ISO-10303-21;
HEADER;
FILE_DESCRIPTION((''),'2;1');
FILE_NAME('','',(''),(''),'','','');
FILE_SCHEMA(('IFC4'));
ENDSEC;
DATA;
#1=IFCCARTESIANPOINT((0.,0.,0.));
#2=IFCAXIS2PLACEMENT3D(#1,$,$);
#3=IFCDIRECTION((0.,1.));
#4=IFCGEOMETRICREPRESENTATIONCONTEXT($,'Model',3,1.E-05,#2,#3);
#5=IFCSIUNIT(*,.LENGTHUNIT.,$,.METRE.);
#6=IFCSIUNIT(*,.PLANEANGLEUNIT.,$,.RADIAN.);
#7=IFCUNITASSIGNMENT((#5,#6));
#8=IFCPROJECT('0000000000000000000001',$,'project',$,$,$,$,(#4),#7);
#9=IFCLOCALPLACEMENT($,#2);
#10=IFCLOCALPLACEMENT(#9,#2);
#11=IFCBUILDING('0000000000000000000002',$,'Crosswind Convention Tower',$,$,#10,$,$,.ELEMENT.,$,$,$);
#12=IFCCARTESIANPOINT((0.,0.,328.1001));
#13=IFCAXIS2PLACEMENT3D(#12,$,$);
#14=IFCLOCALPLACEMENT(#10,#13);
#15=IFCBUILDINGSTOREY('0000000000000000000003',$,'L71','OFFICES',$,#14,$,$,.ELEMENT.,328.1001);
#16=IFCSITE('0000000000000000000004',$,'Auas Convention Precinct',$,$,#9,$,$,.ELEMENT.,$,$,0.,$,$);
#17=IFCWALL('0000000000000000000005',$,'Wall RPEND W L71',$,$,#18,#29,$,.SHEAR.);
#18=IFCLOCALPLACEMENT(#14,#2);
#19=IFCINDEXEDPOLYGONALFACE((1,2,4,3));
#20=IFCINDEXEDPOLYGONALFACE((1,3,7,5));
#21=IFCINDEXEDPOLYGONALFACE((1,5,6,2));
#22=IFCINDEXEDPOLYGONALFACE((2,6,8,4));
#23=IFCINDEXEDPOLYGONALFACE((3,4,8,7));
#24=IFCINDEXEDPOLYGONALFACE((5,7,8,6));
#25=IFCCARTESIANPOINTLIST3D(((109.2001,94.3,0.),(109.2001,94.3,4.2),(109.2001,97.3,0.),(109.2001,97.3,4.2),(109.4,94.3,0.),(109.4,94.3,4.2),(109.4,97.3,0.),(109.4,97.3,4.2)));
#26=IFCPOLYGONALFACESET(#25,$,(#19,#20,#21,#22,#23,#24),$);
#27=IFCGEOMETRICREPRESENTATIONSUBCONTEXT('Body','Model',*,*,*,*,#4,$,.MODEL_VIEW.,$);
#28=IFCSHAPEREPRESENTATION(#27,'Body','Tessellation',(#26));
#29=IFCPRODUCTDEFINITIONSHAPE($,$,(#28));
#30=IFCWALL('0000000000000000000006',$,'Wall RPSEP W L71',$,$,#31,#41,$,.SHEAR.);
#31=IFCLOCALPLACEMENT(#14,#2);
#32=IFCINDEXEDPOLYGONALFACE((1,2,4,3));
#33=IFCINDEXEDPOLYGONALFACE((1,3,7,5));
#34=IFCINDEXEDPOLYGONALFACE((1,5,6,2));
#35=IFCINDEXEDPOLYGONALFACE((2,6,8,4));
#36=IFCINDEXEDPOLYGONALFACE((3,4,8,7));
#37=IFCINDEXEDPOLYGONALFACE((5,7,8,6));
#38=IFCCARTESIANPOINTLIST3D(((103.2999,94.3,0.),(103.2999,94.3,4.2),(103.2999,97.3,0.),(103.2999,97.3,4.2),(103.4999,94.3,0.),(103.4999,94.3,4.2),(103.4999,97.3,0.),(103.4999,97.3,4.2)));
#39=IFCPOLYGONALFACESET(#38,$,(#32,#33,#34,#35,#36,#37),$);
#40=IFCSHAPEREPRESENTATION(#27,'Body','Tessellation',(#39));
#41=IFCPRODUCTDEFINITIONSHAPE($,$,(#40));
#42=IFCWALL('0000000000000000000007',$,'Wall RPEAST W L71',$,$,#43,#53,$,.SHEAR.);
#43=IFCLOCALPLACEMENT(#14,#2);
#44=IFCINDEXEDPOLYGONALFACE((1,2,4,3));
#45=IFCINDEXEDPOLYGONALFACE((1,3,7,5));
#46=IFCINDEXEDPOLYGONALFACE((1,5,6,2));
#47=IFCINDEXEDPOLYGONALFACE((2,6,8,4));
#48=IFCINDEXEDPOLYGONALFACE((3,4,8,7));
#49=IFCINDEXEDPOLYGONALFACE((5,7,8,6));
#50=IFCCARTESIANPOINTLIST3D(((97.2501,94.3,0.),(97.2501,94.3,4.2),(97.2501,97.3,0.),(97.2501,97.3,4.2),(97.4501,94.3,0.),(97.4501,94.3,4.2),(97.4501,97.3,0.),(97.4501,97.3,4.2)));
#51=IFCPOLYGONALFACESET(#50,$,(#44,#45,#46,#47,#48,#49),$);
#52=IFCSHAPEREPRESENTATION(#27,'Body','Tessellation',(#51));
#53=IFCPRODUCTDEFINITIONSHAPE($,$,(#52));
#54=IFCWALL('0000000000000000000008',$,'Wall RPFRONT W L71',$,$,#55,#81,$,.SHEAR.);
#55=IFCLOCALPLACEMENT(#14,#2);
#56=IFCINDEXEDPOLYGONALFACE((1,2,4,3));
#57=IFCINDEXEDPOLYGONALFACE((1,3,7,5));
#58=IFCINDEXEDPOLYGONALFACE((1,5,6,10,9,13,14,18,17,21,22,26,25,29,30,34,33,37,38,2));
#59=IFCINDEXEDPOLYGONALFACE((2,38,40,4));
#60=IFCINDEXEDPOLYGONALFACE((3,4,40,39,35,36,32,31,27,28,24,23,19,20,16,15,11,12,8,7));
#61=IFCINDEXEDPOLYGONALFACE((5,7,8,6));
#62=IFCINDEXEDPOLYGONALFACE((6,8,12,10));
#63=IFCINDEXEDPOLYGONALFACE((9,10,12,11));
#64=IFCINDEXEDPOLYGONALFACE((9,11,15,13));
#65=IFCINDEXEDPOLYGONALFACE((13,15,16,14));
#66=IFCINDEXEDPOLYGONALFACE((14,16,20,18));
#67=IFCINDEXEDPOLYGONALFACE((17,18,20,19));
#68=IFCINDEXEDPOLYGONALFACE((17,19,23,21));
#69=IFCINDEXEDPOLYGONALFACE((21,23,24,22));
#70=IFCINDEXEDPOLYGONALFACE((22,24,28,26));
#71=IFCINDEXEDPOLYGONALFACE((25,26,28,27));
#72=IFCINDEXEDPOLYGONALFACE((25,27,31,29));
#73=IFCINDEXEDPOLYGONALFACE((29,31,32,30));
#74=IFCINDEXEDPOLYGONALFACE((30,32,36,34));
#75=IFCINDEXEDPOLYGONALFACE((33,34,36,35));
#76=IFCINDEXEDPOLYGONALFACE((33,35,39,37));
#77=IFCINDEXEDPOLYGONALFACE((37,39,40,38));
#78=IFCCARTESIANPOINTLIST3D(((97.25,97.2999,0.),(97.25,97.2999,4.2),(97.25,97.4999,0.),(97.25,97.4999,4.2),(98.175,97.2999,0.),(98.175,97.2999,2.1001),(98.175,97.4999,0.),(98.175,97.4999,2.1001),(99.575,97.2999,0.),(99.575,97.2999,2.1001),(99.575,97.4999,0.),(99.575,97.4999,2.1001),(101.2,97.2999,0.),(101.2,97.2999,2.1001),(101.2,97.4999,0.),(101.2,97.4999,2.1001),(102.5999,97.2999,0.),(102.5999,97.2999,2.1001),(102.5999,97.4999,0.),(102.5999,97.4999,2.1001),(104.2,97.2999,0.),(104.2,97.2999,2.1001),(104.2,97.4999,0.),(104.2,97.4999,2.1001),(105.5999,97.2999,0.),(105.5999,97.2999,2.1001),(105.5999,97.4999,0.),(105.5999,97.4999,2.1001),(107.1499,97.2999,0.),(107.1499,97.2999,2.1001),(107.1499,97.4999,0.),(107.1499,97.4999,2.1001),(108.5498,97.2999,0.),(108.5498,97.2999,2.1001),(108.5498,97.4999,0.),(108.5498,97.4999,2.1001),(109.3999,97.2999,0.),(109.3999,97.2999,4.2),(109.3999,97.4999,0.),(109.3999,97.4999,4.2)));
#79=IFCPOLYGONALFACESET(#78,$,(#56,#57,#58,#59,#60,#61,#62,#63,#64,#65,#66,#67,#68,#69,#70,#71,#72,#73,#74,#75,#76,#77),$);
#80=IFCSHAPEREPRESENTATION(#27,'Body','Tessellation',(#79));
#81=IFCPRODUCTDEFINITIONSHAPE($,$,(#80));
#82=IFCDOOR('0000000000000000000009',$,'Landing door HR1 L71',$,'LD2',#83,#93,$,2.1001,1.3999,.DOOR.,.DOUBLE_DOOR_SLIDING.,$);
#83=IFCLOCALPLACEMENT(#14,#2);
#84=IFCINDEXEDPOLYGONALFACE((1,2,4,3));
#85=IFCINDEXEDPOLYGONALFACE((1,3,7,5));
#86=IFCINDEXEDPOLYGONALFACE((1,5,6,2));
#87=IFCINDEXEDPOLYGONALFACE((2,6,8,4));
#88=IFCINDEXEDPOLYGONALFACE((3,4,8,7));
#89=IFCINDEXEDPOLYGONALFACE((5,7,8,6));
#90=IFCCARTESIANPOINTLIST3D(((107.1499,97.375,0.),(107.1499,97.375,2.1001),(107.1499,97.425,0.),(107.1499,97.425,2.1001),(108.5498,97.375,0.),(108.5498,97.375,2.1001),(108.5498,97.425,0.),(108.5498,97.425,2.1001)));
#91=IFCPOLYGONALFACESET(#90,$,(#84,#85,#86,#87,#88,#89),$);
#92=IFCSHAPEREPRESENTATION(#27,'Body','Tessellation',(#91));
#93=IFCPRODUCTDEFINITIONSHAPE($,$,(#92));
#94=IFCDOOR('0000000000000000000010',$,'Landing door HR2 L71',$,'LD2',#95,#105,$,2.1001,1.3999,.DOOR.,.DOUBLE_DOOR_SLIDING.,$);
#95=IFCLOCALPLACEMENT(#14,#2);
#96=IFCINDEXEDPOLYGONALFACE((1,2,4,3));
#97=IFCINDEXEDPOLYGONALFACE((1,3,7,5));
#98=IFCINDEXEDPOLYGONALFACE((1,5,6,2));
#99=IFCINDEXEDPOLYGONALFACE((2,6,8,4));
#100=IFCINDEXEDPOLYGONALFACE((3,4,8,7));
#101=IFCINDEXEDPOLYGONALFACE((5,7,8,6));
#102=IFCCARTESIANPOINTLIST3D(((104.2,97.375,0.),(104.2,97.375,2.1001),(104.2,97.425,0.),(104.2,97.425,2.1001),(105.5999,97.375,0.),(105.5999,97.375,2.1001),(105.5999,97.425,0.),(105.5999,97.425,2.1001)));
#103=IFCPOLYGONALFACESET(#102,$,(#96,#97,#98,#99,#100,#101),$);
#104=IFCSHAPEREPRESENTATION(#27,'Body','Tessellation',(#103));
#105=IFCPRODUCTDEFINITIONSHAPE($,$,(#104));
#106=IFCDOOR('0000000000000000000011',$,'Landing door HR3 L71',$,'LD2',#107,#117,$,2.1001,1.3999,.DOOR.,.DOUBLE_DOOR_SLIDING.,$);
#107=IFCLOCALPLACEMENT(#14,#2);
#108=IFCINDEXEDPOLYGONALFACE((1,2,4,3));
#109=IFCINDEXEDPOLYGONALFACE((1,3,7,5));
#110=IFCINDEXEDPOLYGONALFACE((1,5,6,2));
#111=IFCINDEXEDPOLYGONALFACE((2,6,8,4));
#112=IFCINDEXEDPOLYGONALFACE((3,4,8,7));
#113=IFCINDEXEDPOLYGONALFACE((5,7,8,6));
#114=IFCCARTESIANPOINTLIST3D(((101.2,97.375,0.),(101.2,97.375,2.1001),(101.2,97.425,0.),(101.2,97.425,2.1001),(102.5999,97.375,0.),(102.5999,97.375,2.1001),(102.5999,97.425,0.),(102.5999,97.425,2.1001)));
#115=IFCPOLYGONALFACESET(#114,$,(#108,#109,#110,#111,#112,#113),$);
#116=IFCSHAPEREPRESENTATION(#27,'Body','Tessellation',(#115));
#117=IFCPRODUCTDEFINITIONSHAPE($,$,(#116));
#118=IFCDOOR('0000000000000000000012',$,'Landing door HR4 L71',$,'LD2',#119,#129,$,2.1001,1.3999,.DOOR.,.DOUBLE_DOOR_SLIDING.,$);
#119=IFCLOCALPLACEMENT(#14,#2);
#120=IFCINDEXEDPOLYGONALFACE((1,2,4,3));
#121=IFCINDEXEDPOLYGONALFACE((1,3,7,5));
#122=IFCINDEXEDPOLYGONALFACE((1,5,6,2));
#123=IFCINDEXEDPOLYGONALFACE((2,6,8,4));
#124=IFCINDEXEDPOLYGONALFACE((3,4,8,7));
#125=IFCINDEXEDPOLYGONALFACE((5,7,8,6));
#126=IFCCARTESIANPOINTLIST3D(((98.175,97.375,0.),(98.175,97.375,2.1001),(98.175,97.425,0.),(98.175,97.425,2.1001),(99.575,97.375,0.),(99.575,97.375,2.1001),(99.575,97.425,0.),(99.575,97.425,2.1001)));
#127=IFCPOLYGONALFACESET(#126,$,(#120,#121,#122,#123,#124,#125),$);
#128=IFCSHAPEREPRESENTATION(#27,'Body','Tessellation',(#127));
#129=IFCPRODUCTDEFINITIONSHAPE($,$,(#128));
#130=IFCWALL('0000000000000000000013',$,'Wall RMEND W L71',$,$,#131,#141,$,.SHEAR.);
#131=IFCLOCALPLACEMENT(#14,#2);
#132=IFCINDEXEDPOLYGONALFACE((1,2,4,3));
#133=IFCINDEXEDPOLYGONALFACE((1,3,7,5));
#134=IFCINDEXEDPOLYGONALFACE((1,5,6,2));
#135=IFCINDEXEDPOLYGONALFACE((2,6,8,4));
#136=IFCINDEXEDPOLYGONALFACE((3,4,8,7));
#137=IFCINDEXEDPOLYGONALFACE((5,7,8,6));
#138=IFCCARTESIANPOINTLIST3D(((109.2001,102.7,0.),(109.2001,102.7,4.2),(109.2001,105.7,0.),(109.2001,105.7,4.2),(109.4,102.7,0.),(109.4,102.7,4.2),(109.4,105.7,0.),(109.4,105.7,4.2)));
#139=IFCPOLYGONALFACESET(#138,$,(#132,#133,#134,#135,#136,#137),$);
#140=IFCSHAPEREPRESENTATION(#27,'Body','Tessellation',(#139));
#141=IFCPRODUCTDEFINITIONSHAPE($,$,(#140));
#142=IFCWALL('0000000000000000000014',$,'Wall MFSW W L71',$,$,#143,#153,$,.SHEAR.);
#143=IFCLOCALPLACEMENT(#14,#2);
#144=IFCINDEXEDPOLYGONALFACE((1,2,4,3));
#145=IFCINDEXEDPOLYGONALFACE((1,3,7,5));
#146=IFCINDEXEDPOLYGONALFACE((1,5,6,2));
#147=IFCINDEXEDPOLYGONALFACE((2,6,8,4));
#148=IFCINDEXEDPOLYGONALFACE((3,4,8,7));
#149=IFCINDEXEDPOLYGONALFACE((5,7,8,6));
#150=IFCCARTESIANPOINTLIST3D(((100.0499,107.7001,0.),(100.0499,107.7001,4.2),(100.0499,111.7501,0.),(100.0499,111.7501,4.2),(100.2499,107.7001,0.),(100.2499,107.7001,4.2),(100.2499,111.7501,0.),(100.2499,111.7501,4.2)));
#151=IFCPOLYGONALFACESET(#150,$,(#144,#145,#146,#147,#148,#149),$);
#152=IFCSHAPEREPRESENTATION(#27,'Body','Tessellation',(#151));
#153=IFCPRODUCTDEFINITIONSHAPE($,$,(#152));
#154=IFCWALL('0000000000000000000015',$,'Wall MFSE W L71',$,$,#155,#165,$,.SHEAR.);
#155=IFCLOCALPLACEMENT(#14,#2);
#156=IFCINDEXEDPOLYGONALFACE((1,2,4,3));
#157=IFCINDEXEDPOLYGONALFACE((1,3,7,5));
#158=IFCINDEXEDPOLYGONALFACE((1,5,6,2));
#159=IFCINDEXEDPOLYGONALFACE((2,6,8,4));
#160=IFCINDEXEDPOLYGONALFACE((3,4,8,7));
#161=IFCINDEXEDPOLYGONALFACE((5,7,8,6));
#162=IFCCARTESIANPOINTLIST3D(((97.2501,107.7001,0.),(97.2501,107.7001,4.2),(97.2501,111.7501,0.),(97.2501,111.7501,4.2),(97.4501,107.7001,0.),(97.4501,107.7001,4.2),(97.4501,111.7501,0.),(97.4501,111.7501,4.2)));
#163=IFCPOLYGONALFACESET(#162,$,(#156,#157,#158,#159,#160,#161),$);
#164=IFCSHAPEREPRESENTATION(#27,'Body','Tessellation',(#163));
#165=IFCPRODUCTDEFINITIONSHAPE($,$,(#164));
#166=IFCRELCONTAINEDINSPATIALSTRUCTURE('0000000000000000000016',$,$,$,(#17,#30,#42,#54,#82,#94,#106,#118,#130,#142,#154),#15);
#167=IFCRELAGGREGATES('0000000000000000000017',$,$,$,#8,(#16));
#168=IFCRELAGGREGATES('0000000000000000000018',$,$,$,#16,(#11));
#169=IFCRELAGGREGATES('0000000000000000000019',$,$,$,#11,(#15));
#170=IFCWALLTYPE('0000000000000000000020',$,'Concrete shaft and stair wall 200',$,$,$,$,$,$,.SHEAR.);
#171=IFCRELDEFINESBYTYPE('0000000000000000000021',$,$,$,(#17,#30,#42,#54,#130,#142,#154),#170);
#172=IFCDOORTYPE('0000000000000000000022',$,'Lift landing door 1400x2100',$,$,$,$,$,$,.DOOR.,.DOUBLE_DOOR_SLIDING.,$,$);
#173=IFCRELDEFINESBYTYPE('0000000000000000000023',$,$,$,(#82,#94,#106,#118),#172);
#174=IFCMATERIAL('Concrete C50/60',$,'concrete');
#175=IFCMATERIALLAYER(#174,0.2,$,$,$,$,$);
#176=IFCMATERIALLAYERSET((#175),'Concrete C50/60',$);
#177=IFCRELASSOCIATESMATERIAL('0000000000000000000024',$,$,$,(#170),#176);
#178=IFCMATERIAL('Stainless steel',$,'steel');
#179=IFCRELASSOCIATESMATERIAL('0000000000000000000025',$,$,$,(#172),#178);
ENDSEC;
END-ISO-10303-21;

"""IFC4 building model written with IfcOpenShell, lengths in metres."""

from ifc_helpers import new_model, si_unit, direction, frame, frame_2d, origin, place, context, subcontext, project, spatial, rectangle, extrude, material, layer, layer_set, type_object, element, fill, save


model = new_model("IFC4")

# Units and contexts
model_context = context("Model", 3, precision=1e-05, world=origin(), true_north=direction((0.0, 1.0)))
body_context = subcontext(model_context, "Body", "Model", "MODEL_VIEW")
ifc_project = project(units=[si_unit("LENGTHUNIT", "METRE"), si_unit("PLANEANGLEUNIT", "RADIAN")], contexts=[model_context])

# Site, building, storey
site_placement = place(None, origin())
site = spatial("IfcSite", under=ifc_project, at=site_placement, Name="Auas Convention Precinct", CompositionType="ELEMENT", RefElevation=0.0)
building_placement = place(site_placement, origin())
building = spatial("IfcBuilding", under=site, at=building_placement, Name="Crosswind Convention Tower", CompositionType="ELEMENT")
storey_placement = place(building_placement, frame((0.0, 0.0, 328.1001)))
storey = spatial("IfcBuildingStorey", under=building, at=storey_placement, Name="L71", Description="OFFICES", CompositionType="ELEMENT", Elevation=328.1001)

# Walls
ifc_material_1 = material(Name="Concrete C50/60", Category="concrete")
ifc_layer_1 = layer(ifc_material_1, 0.2)
ifc_layer_set_1 = layer_set([ifc_layer_1], Name="Concrete C50/60")
wall_type_1 = type_object("IfcWallType", Name="Concrete shaft and stair wall 200", PredefinedType="SHEAR", material=ifc_layer_set_1)
for number, where, z_axis, x_axis, name in (
    (1, (109.3, 97.3, 0.0), (0.0, 0.0, 1.0), (0.0, -1.0, 0.0), "Wall RPEND W L71"),
    (2, (103.3999, 97.3, 0.0), (0.0, 0.0, 1.0), (0.0, -1.0, 0.0), "Wall RPSEP W L71"),
    (3, (97.3501, 97.3, 0.0), (0.0, 0.0, 1.0), (0.0, -1.0, 0.0), "Wall RPEAST W L71"),
):
    element("IfcWall", number, at=place(storey_placement, frame(where, z_axis=z_axis, x_axis=x_axis)), inside=storey, type_object=wall_type_1, Name=name, PredefinedType="SHEAR", context=body_context, shape_type="SweptSolid", body=[
        extrude(rectangle(XDim=3.0, YDim=0.2, at=frame_2d((1.5, 0.0))), origin(), (0.0, 0.0, 1.0), 4.2),
    ])

# Wall, openings, doors
wall_1_placement = place(storey_placement, frame((109.3999, 97.3999, 0.0), z_axis=(0.0, 0.0, 1.0), x_axis=(-1.0, 0.0, 0.0)))
wall_1 = element("IfcWall", 4, at=wall_1_placement, inside=storey, type_object=wall_type_1, Name="Wall RPFRONT W L71", PredefinedType="SHEAR", context=body_context, shape_type="SweptSolid", body=[
    extrude(rectangle(XDim=12.1499, YDim=0.2, at=frame_2d((6.075, 0.0))), origin(), (0.0, 0.0, 1.0), 4.2),
])
opening_1_placement = place(wall_1_placement, frame((0.8501, 0.0, 0.0)))
opening_1 = element("IfcOpeningElement", 5, at=opening_1_placement, cuts=wall_1, PredefinedType="OPENING", context=body_context, shape_type="SweptSolid", body=[
    extrude(rectangle(XDim=1.3999, YDim=2.1001, at=frame_2d((0.7, 1.05))), frame((0.0, 0.1099, 0.0), z_axis=(0.0, -1.0, 0.0), x_axis=(1.0, 0.0, 0.0)), (0.0, 0.0, 1.0), 0.22),
])
opening_2_placement = place(wall_1_placement, frame((3.8, 0.0, 0.0)))
opening_2 = element("IfcOpeningElement", 6, at=opening_2_placement, cuts=wall_1, PredefinedType="OPENING", context=body_context, shape_type="SweptSolid", body=[
    extrude(rectangle(XDim=1.3999, YDim=2.1001, at=frame_2d((0.7, 1.05))), frame((0.0, 0.1099, 0.0), z_axis=(0.0, -1.0, 0.0), x_axis=(1.0, 0.0, 0.0)), (0.0, 0.0, 1.0), 0.22),
])
opening_3_placement = place(wall_1_placement, frame((6.8, 0.0, 0.0)))
opening_3 = element("IfcOpeningElement", 7, at=opening_3_placement, cuts=wall_1, PredefinedType="OPENING", context=body_context, shape_type="SweptSolid", body=[
    extrude(rectangle(XDim=1.3999, YDim=2.1001, at=frame_2d((0.7, 1.05))), frame((0.0, 0.1099, 0.0), z_axis=(0.0, -1.0, 0.0), x_axis=(1.0, 0.0, 0.0)), (0.0, 0.0, 1.0), 0.22),
])
opening_4_placement = place(wall_1_placement, frame((9.825, 0.0, 0.0)))
opening_4 = element("IfcOpeningElement", 8, at=opening_4_placement, cuts=wall_1, PredefinedType="OPENING", context=body_context, shape_type="SweptSolid", body=[
    extrude(rectangle(XDim=1.3999, YDim=2.1001, at=frame_2d((0.7, 1.05))), frame((0.0, 0.1099, 0.0), z_axis=(0.0, -1.0, 0.0), x_axis=(1.0, 0.0, 0.0)), (0.0, 0.0, 1.0), 0.22),
])
ifc_material_2 = material(Name="Stainless steel", Category="steel")
door_type_1 = type_object("IfcDoorType", Name="Lift landing door 1400x2100", OperationType="DOUBLE_DOOR_SLIDING", PredefinedType="DOOR", material=ifc_material_2)
door_1_placement = place(opening_1_placement, origin())
door_1 = element("IfcDoor", 9, at=door_1_placement, inside=storey, type_object=door_type_1, Name="Landing door HR1 L71", ObjectType="LD2", OperationType="DOUBLE_DOOR_SLIDING", OverallHeight=2.1001, OverallWidth=1.3999, PredefinedType="DOOR", context=body_context, shape_type="SweptSolid", body=[
    extrude(rectangle(XDim=1.3999, YDim=2.1001, at=frame_2d((0.7, 1.05))), frame((0.0, 0.0249, 0.0), z_axis=(0.0, -1.0, 0.0), x_axis=(1.0, 0.0, 0.0)), (0.0, 0.0, 1.0), 0.05),
])
fill(opening_1, door_1)
door_2_placement = place(opening_2_placement, origin())
door_2 = element("IfcDoor", 10, at=door_2_placement, inside=storey, type_object=door_type_1, Name="Landing door HR2 L71", ObjectType="LD2", OperationType="DOUBLE_DOOR_SLIDING", OverallHeight=2.1001, OverallWidth=1.3999, PredefinedType="DOOR", context=body_context, shape_type="SweptSolid", body=[
    extrude(rectangle(XDim=1.3999, YDim=2.1001, at=frame_2d((0.7, 1.05))), frame((0.0, 0.0249, 0.0), z_axis=(0.0, -1.0, 0.0), x_axis=(1.0, 0.0, 0.0)), (0.0, 0.0, 1.0), 0.05),
])
fill(opening_2, door_2)
door_3_placement = place(opening_3_placement, origin())
door_3 = element("IfcDoor", 11, at=door_3_placement, inside=storey, type_object=door_type_1, Name="Landing door HR3 L71", ObjectType="LD2", OperationType="DOUBLE_DOOR_SLIDING", OverallHeight=2.1001, OverallWidth=1.3999, PredefinedType="DOOR", context=body_context, shape_type="SweptSolid", body=[
    extrude(rectangle(XDim=1.3999, YDim=2.1001, at=frame_2d((0.7, 1.05))), frame((0.0, 0.0249, 0.0), z_axis=(0.0, -1.0, 0.0), x_axis=(1.0, 0.0, 0.0)), (0.0, 0.0, 1.0), 0.05),
])
fill(opening_3, door_3)
door_4_placement = place(opening_4_placement, origin())
door_4 = element("IfcDoor", 12, at=door_4_placement, inside=storey, type_object=door_type_1, Name="Landing door HR4 L71", ObjectType="LD2", OperationType="DOUBLE_DOOR_SLIDING", OverallHeight=2.1001, OverallWidth=1.3999, PredefinedType="DOOR", context=body_context, shape_type="SweptSolid", body=[
    extrude(rectangle(XDim=1.3999, YDim=2.1001, at=frame_2d((0.7, 1.05))), frame((0.0, 0.0249, 0.0), z_axis=(0.0, -1.0, 0.0), x_axis=(1.0, 0.0, 0.0)), (0.0, 0.0, 1.0), 0.05),
])
fill(opening_4, door_4)

# Walls
wall_2_placement = place(storey_placement, frame((109.3, 105.7, 0.0), z_axis=(0.0, 0.0, 1.0), x_axis=(0.0, -1.0, 0.0)))
element("IfcWall", 13, at=wall_2_placement, inside=storey, type_object=wall_type_1, Name="Wall RMEND W L71", PredefinedType="SHEAR", context=body_context, shape_type="SweptSolid", body=[
    extrude(rectangle(XDim=3.0, YDim=0.2, at=frame_2d((1.5, 0.0))), origin(), (0.0, 0.0, 1.0), 4.2),
])
for number, where, z_axis, x_axis, name in (
    (14, (100.1499, 111.75, 0.0), (0.0, 0.0, 1.0), (0.0, -1.0, 0.0), "Wall MFSW W L71"),
    (15, (97.3501, 111.75, 0.0), (0.0, 0.0, 1.0), (0.0, -1.0, 0.0), "Wall MFSE W L71"),
):
    element("IfcWall", number, at=place(storey_placement, frame(where, z_axis=z_axis, x_axis=x_axis)), inside=storey, type_object=wall_type_1, Name=name, PredefinedType="SHEAR", context=body_context, shape_type="SweptSolid", body=[
        extrude(rectangle(XDim=4.05, YDim=0.2, at=frame_2d((2.0249, 0.0))), origin(), (0.0, 0.0, 1.0), 4.2),
    ])

save(model, "model.ifc")
